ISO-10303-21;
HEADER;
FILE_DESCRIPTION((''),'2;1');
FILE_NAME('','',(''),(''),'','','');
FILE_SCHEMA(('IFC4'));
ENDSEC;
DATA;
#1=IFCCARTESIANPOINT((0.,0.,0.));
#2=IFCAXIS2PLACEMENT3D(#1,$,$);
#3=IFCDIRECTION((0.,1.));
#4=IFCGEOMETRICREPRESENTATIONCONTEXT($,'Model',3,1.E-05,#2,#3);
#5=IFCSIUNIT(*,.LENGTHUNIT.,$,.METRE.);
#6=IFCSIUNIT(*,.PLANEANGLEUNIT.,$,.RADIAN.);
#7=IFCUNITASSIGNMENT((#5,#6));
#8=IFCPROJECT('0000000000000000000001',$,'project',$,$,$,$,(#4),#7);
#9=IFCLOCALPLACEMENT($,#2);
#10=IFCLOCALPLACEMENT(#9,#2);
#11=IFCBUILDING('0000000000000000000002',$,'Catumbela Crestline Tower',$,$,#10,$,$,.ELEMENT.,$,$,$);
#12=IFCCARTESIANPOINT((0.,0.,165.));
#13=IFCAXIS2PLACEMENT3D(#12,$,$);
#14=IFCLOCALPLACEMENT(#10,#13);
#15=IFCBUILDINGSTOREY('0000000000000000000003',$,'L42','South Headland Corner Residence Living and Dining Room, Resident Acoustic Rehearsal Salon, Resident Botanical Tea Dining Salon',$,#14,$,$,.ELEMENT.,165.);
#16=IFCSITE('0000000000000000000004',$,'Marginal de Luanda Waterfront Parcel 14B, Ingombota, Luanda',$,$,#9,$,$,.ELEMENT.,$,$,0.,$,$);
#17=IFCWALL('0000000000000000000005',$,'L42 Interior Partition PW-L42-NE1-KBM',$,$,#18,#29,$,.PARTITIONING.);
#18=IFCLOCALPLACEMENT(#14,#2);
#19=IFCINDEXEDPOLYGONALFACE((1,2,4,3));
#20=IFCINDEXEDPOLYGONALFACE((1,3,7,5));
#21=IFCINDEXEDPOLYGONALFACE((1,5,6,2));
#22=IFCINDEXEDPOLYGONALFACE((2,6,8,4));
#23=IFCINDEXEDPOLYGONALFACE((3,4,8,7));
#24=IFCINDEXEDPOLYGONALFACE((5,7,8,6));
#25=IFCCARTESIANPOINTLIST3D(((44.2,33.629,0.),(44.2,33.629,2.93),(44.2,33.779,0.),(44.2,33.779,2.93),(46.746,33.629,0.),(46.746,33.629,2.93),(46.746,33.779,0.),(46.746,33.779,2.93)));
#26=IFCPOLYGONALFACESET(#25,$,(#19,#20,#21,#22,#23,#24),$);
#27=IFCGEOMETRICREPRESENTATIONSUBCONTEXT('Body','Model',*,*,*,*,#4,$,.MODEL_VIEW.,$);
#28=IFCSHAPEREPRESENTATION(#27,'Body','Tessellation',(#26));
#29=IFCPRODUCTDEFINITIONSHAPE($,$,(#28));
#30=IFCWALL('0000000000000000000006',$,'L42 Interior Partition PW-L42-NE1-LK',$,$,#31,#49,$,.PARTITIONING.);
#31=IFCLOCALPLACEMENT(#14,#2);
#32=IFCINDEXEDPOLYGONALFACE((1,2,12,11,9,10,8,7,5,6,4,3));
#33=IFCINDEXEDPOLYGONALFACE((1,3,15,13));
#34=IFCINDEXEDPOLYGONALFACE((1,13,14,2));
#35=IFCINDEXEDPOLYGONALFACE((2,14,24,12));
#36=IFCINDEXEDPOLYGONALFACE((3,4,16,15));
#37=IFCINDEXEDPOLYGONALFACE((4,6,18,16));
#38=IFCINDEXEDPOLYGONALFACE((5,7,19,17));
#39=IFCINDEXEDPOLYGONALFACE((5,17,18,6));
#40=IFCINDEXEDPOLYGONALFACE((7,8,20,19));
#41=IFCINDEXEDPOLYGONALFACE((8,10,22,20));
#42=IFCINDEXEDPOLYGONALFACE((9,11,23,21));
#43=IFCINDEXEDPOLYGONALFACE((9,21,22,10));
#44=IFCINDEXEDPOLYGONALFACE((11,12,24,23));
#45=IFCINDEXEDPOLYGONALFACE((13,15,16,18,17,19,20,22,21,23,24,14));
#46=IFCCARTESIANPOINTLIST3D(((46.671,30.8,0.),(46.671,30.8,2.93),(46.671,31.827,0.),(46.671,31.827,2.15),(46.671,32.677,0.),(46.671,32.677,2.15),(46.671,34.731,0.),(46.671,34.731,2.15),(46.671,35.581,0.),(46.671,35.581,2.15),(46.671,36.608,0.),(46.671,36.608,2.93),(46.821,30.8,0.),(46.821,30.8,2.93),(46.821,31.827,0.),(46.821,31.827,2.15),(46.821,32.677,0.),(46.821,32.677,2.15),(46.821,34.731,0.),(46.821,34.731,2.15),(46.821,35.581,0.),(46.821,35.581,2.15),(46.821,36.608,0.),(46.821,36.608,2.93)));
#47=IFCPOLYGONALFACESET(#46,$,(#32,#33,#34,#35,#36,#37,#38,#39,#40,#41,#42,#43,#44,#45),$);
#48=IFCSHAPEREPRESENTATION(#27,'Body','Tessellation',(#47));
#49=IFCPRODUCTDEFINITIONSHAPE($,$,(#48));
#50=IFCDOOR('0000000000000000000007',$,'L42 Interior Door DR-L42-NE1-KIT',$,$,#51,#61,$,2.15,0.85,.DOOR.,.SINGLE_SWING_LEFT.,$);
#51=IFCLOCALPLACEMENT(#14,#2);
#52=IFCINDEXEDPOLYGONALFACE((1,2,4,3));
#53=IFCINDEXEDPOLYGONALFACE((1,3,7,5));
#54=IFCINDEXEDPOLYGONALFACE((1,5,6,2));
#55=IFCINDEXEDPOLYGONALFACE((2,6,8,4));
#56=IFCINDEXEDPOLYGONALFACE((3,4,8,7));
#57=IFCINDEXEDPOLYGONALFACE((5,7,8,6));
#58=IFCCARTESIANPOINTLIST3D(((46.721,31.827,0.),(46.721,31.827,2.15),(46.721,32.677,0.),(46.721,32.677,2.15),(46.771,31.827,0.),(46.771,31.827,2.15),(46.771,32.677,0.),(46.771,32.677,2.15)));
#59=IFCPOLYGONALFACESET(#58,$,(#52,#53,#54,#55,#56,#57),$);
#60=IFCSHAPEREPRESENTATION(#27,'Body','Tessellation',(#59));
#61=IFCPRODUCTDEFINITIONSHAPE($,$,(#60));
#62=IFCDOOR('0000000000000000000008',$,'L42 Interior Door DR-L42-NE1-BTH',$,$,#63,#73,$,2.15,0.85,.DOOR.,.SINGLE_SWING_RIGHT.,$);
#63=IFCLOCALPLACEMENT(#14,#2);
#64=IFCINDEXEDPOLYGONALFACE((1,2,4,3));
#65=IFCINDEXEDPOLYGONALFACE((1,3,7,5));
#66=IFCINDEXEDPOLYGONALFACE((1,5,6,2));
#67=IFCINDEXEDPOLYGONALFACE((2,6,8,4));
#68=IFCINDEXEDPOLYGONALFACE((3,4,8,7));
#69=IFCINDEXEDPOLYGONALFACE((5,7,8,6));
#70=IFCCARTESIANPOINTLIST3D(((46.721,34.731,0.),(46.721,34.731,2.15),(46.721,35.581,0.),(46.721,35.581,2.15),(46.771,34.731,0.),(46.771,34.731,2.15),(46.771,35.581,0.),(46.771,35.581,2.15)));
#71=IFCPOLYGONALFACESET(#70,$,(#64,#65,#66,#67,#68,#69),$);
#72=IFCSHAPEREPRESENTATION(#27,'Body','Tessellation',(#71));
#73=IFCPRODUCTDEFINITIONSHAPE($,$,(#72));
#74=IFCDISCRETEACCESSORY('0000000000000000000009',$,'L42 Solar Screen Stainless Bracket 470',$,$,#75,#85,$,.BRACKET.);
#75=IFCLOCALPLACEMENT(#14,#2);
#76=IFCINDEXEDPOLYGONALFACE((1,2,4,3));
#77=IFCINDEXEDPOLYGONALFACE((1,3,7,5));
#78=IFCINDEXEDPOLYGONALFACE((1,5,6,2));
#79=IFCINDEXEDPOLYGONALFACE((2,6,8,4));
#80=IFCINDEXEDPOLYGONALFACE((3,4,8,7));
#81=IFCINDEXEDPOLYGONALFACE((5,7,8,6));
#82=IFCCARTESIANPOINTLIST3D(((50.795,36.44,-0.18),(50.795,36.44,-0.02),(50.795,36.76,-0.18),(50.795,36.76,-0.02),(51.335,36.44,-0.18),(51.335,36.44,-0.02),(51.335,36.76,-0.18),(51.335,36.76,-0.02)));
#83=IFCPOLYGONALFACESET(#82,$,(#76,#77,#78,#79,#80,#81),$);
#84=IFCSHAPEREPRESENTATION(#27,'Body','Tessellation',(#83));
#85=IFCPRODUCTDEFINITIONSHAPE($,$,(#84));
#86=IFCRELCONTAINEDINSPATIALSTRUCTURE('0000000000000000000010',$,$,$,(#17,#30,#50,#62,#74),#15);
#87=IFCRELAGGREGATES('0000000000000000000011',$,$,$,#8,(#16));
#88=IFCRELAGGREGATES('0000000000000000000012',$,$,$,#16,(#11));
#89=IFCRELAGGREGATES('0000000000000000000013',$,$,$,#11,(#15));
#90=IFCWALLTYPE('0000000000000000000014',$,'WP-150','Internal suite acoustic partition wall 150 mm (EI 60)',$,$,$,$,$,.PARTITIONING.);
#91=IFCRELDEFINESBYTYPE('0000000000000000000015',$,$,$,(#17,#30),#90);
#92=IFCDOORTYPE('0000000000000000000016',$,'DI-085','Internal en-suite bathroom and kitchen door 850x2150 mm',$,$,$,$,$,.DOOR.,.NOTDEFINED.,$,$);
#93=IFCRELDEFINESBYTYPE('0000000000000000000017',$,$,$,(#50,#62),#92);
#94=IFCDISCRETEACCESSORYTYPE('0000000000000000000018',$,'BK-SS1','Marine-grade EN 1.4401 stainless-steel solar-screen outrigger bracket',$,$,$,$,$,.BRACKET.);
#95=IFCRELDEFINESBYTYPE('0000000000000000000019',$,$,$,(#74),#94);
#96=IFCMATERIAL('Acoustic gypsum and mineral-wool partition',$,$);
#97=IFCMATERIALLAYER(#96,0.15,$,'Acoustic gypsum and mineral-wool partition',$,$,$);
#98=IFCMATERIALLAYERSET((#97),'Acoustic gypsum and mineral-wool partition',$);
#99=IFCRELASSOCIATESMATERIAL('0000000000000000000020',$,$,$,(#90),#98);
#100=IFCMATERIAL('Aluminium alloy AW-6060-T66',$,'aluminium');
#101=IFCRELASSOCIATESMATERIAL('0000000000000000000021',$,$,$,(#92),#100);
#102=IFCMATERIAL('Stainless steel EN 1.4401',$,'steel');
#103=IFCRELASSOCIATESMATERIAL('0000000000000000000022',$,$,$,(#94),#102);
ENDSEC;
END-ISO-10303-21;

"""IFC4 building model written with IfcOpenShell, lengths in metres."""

from ifc_helpers import new_model, si_unit, direction, frame, frame_2d, origin, origin_2d, place, context, subcontext, project, spatial, rectangle, extrude, material, layer, layer_set, type_object, element, fill, save


model = new_model("IFC4")

# Units and contexts
model_context = context("Model", 3, precision=1e-05, world=origin(), true_north=direction((0.0, 1.0)))
body_context = subcontext(model_context, "Body", "Model", "MODEL_VIEW")
ifc_project = project(units=[si_unit("LENGTHUNIT", "METRE"), si_unit("PLANEANGLEUNIT", "RADIAN")], contexts=[model_context])

# Site, building, storey
site_placement = place(None, origin())
site = spatial("IfcSite", under=ifc_project, at=site_placement, Name="Marginal de Luanda Waterfront Parcel 14B, Ingombota, Luanda", CompositionType="ELEMENT", RefElevation=0.0)
building_placement = place(site_placement, origin())
building = spatial("IfcBuilding", under=site, at=building_placement, Name="Catumbela Crestline Tower", CompositionType="ELEMENT")
storey_placement = place(building_placement, frame((0.0, 0.0, 165.0)))
storey = spatial("IfcBuildingStorey", under=building, at=storey_placement, Name="L42", Description="South Headland Corner Residence Living and Dining Room, Resident Acoustic Rehearsal Salon, Resident Botanical Tea Dining Salon", CompositionType="ELEMENT", Elevation=165.0)

# Shared definitions
ifc_material_1 = material(Name="Aluminium alloy AW-6060-T66", Category="aluminium")

# Shared definitions
ifc_material_2 = material(Name="Acoustic gypsum and mineral-wool partition")

# Wall
ifc_layer_1 = layer(ifc_material_2, 0.15, Name="Acoustic gypsum and mineral-wool partition")
ifc_layer_set_1 = layer_set([ifc_layer_1], Name="Acoustic gypsum and mineral-wool partition")
wall_type_1 = type_object("IfcWallType", Name="WP-150", Description="Internal suite acoustic partition wall 150 mm (EI 60)", PredefinedType="PARTITIONING", material=ifc_layer_set_1)
for number, where, z_axis, x_axis, name in (
    (1, (44.2, 33.704, 0.0), (0.0, 0.0, 1.0), (1.0, 0.0, 0.0), "L42 Interior Partition PW-L42-NE1-KBM"),
):
    element("IfcWall", number, at=place(storey_placement, frame(where, z_axis=z_axis, x_axis=x_axis)), inside=storey, type_object=wall_type_1, Name=name, PredefinedType="PARTITIONING", context=body_context, shape_type="SweptSolid", body=[
        extrude(rectangle(XDim=2.546, YDim=0.15, at=frame_2d((1.273, 0.0))), origin(), (0.0, 0.0, 1.0), 2.93),
    ])

# Wall, openings, doors
wall_1_placement = place(storey_placement, frame((46.746, 30.8, 0.0), z_axis=(0.0, 0.0, 1.0), x_axis=(0.0, 1.0, 0.0)))
wall_1 = element("IfcWall", 2, at=wall_1_placement, inside=storey, type_object=wall_type_1, Name="L42 Interior Partition PW-L42-NE1-LK", PredefinedType="PARTITIONING", context=body_context, shape_type="SweptSolid", body=[
    extrude(rectangle(XDim=5.808, YDim=0.15, at=frame_2d((2.904, 0.0))), origin(), (0.0, 0.0, 1.0), 2.93),
])
opening_1_placement = place(wall_1_placement, frame((1.027, 0.0, 0.0)))
opening_1 = element("IfcOpeningElement", 3, at=opening_1_placement, cuts=wall_1, PredefinedType="OPENING", context=body_context, shape_type="SweptSolid", body=[
    extrude(rectangle(XDim=0.85, YDim=2.15, at=frame_2d((0.425, 1.075))), frame((0.0, 0.085, 0.0), z_axis=(0.0, -1.0, 0.0), x_axis=(1.0, 0.0, 0.0)), (0.0, 0.0, 1.0), 0.17),
])
opening_2_placement = place(wall_1_placement, frame((3.931, 0.0, 0.0)))
opening_2 = element("IfcOpeningElement", 4, at=opening_2_placement, cuts=wall_1, PredefinedType="OPENING", context=body_context, shape_type="SweptSolid", body=[
    extrude(rectangle(XDim=0.85, YDim=2.15, at=frame_2d((0.425, 1.075))), frame((0.0, 0.085, 0.0), z_axis=(0.0, -1.0, 0.0), x_axis=(1.0, 0.0, 0.0)), (0.0, 0.0, 1.0), 0.17),
])
door_type_1 = type_object("IfcDoorType", Name="DI-085", Description="Internal en-suite bathroom and kitchen door 850x2150 mm", OperationType="NOTDEFINED", PredefinedType="DOOR", material=ifc_material_1)
door_1_placement = place(opening_1_placement, origin())
door_1 = element("IfcDoor", 5, at=door_1_placement, inside=storey, type_object=door_type_1, Name="L42 Interior Door DR-L42-NE1-KIT", OperationType="SINGLE_SWING_LEFT", OverallHeight=2.15, OverallWidth=0.85, PredefinedType="DOOR", context=body_context, shape_type="SweptSolid", body=[
    extrude(rectangle(XDim=0.85, YDim=2.15, at=frame_2d((0.425, 1.075))), frame((0.0, 0.025, 0.0), z_axis=(0.0, -1.0, 0.0), x_axis=(1.0, 0.0, 0.0)), (0.0, 0.0, 1.0), 0.05),
])
fill(opening_1, door_1)
door_2_placement = place(opening_2_placement, origin())
door_2 = element("IfcDoor", 6, at=door_2_placement, inside=storey, type_object=door_type_1, Name="L42 Interior Door DR-L42-NE1-BTH", OperationType="SINGLE_SWING_RIGHT", OverallHeight=2.15, OverallWidth=0.85, PredefinedType="DOOR", context=body_context, shape_type="SweptSolid", body=[
    extrude(rectangle(XDim=0.85, YDim=2.15, at=frame_2d((0.425, 1.075))), frame((0.0, 0.025, 0.0), z_axis=(0.0, -1.0, 0.0), x_axis=(1.0, 0.0, 0.0)), (0.0, 0.0, 1.0), 0.05),
])
fill(opening_2, door_2)

# Shared definitions
ifc_material_3 = material(Name="Stainless steel EN 1.4401", Category="steel")

# Discrete accessory
discrete_accessory_type = type_object("IfcDiscreteAccessoryType", Name="BK-SS1", Description="Marine-grade EN 1.4401 stainless-steel solar-screen outrigger bracket", PredefinedType="BRACKET", material=ifc_material_3)
discrete_accessory_placement = place(storey_placement, frame((51.065, 36.6, -0.18), z_axis=(0.0, 0.0, 1.0), x_axis=(0.0, 1.0, 0.0)))
element("IfcDiscreteAccessory", 7, at=discrete_accessory_placement, inside=storey, type_object=discrete_accessory_type, Name="L42 Solar Screen Stainless Bracket 470", PredefinedType="BRACKET", context=body_context, shape_type="SweptSolid", body=[
    extrude(rectangle(XDim=0.32, YDim=0.54, at=origin_2d()), origin(), (0.0, 0.0, 1.0), 0.16),
])

save(model, "model.ifc")
